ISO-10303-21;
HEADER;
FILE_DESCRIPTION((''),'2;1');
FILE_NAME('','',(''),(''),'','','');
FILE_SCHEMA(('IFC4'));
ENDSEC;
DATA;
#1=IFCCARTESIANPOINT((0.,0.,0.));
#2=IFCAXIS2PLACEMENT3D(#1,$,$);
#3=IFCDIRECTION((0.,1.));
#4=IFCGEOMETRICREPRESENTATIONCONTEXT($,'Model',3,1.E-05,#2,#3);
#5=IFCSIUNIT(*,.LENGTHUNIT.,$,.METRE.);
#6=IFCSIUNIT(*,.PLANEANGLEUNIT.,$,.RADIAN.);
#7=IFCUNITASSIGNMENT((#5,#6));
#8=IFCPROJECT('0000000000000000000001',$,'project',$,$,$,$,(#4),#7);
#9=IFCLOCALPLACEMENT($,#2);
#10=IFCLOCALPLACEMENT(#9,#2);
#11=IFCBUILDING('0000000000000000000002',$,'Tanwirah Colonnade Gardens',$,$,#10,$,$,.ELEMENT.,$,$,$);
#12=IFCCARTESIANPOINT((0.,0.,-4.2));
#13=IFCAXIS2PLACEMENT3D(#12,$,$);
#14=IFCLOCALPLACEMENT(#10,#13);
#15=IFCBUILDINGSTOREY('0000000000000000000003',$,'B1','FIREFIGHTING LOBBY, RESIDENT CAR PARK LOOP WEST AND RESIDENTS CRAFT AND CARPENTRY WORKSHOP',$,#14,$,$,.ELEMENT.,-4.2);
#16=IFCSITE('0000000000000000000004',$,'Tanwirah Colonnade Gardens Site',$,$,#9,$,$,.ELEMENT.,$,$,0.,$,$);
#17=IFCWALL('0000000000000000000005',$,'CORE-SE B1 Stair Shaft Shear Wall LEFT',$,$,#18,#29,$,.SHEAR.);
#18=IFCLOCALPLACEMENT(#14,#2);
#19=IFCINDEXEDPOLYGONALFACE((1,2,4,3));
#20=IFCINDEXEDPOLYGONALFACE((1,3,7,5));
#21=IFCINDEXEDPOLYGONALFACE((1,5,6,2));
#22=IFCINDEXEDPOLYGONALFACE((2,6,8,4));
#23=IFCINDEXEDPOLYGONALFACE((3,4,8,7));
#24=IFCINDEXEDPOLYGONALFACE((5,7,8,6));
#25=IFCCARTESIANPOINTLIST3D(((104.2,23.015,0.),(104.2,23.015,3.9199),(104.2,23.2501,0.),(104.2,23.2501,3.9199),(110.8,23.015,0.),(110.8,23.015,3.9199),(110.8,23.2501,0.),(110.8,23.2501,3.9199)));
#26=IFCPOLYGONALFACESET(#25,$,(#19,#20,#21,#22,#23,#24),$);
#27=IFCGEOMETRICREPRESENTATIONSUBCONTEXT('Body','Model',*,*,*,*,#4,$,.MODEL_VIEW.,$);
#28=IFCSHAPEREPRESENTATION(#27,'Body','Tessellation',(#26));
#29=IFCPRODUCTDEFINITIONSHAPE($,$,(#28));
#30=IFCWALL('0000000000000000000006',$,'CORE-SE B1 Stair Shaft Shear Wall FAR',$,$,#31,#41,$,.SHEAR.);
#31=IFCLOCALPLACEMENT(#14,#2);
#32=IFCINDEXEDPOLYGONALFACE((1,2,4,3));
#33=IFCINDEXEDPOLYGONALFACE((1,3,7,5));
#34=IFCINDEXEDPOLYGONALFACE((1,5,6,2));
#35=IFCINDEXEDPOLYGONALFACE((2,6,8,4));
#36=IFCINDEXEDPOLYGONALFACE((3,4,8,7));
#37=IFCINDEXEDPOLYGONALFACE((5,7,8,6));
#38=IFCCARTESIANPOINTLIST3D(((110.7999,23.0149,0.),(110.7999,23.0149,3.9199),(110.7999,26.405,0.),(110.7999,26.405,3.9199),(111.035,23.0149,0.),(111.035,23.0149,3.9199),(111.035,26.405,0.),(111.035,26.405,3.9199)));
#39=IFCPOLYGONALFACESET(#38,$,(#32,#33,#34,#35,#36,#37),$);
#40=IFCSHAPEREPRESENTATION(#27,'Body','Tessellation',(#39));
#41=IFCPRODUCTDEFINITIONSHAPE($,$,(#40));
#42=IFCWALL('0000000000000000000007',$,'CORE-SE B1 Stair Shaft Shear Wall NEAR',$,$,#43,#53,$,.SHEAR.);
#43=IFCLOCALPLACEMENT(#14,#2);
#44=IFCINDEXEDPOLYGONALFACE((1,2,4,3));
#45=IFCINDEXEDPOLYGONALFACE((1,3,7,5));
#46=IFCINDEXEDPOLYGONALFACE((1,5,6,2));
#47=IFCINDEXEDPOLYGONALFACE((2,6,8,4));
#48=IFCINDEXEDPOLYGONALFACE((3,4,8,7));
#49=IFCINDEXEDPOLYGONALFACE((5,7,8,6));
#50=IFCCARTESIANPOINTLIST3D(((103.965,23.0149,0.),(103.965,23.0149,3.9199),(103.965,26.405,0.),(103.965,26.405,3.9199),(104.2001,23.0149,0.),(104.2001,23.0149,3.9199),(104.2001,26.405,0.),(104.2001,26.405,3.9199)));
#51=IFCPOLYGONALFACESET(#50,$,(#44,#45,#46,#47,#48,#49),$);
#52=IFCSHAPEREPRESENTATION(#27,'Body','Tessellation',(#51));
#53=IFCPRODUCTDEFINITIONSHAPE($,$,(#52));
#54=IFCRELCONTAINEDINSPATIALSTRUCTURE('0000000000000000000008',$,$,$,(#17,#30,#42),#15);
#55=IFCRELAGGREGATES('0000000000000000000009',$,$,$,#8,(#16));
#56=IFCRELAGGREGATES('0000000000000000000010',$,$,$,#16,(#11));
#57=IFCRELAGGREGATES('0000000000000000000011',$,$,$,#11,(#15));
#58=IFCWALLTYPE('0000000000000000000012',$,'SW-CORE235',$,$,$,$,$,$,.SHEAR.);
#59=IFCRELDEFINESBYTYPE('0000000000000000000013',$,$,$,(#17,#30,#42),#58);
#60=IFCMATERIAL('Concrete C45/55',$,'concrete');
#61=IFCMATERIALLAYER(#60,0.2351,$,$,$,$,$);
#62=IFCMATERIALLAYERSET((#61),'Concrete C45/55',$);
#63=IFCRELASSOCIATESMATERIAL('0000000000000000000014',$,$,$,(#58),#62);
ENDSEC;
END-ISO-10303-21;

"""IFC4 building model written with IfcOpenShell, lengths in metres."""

from ifc_helpers import new_model, si_unit, direction, frame, frame_2d, origin, place, context, subcontext, project, spatial, rectangle, extrude, material, layer, layer_set, type_object, element, save


model = new_model("IFC4")

# Units and contexts
model_context = context("Model", 3, precision=1e-05, world=origin(), true_north=direction((0.0, 1.0)))
body_context = subcontext(model_context, "Body", "Model", "MODEL_VIEW")
ifc_project = project(units=[si_unit("LENGTHUNIT", "METRE"), si_unit("PLANEANGLEUNIT", "RADIAN")], contexts=[model_context])

# Site, building, storey
site_placement = place(None, origin())
site = spatial("IfcSite", under=ifc_project, at=site_placement, Name="Tanwirah Colonnade Gardens Site", CompositionType="ELEMENT", RefElevation=0.0)
building_placement = place(site_placement, origin())
building = spatial("IfcBuilding", under=site, at=building_placement, Name="Tanwirah Colonnade Gardens", CompositionType="ELEMENT")
storey_placement = place(building_placement, frame((0.0, 0.0, -4.2)))
storey = spatial("IfcBuildingStorey", under=building, at=storey_placement, Name="B1", Description="FIREFIGHTING LOBBY, RESIDENT CAR PARK LOOP WEST AND RESIDENTS CRAFT AND CARPENTRY WORKSHOP", CompositionType="ELEMENT", Elevation=-4.2)

# Shared definitions
ifc_material_1 = material(Name="Concrete C45/55", Category="concrete")

# Walls
ifc_layer = layer(ifc_material_1, 0.2351)
ifc_layer_set = layer_set([ifc_layer], Name="Concrete C45/55")
wall_type = type_object("IfcWallType", Name="SW-CORE235", PredefinedType="SHEAR", material=ifc_layer_set)
wall_placement = place(storey_placement, frame((104.2, 23.1326, 0.0), z_axis=(0.0, 0.0, 1.0), x_axis=(1.0, 0.0, 0.0)))
element("IfcWall", 1, at=wall_placement, inside=storey, type_object=wall_type, Name="CORE-SE B1 Stair Shaft Shear Wall LEFT", PredefinedType="SHEAR", context=body_context, shape_type="SweptSolid", body=[
    extrude(rectangle(XDim=6.6001, YDim=0.2351, at=frame_2d((3.3, 0.0))), origin(), (0.0, 0.0, 1.0), 3.9199),
])
for number, where, z_axis, x_axis, name in (
    (2, (110.9175, 23.0149, 0.0), (0.0, 0.0, 1.0), (0.0, 1.0, 0.0), "CORE-SE B1 Stair Shaft Shear Wall FAR"),
    (3, (104.0825, 23.0149, 0.0), (0.0, 0.0, 1.0), (0.0, 1.0, 0.0), "CORE-SE B1 Stair Shaft Shear Wall NEAR"),
):
    element("IfcWall", number, at=place(storey_placement, frame(where, z_axis=z_axis, x_axis=x_axis)), inside=storey, type_object=wall_type, Name=name, PredefinedType="SHEAR", context=body_context, shape_type="SweptSolid", body=[
        extrude(rectangle(XDim=3.3901, YDim=0.2351, at=frame_2d((1.6951, 0.0))), origin(), (0.0, 0.0, 1.0), 3.9199),
    ])

save(model, "model.ifc")
